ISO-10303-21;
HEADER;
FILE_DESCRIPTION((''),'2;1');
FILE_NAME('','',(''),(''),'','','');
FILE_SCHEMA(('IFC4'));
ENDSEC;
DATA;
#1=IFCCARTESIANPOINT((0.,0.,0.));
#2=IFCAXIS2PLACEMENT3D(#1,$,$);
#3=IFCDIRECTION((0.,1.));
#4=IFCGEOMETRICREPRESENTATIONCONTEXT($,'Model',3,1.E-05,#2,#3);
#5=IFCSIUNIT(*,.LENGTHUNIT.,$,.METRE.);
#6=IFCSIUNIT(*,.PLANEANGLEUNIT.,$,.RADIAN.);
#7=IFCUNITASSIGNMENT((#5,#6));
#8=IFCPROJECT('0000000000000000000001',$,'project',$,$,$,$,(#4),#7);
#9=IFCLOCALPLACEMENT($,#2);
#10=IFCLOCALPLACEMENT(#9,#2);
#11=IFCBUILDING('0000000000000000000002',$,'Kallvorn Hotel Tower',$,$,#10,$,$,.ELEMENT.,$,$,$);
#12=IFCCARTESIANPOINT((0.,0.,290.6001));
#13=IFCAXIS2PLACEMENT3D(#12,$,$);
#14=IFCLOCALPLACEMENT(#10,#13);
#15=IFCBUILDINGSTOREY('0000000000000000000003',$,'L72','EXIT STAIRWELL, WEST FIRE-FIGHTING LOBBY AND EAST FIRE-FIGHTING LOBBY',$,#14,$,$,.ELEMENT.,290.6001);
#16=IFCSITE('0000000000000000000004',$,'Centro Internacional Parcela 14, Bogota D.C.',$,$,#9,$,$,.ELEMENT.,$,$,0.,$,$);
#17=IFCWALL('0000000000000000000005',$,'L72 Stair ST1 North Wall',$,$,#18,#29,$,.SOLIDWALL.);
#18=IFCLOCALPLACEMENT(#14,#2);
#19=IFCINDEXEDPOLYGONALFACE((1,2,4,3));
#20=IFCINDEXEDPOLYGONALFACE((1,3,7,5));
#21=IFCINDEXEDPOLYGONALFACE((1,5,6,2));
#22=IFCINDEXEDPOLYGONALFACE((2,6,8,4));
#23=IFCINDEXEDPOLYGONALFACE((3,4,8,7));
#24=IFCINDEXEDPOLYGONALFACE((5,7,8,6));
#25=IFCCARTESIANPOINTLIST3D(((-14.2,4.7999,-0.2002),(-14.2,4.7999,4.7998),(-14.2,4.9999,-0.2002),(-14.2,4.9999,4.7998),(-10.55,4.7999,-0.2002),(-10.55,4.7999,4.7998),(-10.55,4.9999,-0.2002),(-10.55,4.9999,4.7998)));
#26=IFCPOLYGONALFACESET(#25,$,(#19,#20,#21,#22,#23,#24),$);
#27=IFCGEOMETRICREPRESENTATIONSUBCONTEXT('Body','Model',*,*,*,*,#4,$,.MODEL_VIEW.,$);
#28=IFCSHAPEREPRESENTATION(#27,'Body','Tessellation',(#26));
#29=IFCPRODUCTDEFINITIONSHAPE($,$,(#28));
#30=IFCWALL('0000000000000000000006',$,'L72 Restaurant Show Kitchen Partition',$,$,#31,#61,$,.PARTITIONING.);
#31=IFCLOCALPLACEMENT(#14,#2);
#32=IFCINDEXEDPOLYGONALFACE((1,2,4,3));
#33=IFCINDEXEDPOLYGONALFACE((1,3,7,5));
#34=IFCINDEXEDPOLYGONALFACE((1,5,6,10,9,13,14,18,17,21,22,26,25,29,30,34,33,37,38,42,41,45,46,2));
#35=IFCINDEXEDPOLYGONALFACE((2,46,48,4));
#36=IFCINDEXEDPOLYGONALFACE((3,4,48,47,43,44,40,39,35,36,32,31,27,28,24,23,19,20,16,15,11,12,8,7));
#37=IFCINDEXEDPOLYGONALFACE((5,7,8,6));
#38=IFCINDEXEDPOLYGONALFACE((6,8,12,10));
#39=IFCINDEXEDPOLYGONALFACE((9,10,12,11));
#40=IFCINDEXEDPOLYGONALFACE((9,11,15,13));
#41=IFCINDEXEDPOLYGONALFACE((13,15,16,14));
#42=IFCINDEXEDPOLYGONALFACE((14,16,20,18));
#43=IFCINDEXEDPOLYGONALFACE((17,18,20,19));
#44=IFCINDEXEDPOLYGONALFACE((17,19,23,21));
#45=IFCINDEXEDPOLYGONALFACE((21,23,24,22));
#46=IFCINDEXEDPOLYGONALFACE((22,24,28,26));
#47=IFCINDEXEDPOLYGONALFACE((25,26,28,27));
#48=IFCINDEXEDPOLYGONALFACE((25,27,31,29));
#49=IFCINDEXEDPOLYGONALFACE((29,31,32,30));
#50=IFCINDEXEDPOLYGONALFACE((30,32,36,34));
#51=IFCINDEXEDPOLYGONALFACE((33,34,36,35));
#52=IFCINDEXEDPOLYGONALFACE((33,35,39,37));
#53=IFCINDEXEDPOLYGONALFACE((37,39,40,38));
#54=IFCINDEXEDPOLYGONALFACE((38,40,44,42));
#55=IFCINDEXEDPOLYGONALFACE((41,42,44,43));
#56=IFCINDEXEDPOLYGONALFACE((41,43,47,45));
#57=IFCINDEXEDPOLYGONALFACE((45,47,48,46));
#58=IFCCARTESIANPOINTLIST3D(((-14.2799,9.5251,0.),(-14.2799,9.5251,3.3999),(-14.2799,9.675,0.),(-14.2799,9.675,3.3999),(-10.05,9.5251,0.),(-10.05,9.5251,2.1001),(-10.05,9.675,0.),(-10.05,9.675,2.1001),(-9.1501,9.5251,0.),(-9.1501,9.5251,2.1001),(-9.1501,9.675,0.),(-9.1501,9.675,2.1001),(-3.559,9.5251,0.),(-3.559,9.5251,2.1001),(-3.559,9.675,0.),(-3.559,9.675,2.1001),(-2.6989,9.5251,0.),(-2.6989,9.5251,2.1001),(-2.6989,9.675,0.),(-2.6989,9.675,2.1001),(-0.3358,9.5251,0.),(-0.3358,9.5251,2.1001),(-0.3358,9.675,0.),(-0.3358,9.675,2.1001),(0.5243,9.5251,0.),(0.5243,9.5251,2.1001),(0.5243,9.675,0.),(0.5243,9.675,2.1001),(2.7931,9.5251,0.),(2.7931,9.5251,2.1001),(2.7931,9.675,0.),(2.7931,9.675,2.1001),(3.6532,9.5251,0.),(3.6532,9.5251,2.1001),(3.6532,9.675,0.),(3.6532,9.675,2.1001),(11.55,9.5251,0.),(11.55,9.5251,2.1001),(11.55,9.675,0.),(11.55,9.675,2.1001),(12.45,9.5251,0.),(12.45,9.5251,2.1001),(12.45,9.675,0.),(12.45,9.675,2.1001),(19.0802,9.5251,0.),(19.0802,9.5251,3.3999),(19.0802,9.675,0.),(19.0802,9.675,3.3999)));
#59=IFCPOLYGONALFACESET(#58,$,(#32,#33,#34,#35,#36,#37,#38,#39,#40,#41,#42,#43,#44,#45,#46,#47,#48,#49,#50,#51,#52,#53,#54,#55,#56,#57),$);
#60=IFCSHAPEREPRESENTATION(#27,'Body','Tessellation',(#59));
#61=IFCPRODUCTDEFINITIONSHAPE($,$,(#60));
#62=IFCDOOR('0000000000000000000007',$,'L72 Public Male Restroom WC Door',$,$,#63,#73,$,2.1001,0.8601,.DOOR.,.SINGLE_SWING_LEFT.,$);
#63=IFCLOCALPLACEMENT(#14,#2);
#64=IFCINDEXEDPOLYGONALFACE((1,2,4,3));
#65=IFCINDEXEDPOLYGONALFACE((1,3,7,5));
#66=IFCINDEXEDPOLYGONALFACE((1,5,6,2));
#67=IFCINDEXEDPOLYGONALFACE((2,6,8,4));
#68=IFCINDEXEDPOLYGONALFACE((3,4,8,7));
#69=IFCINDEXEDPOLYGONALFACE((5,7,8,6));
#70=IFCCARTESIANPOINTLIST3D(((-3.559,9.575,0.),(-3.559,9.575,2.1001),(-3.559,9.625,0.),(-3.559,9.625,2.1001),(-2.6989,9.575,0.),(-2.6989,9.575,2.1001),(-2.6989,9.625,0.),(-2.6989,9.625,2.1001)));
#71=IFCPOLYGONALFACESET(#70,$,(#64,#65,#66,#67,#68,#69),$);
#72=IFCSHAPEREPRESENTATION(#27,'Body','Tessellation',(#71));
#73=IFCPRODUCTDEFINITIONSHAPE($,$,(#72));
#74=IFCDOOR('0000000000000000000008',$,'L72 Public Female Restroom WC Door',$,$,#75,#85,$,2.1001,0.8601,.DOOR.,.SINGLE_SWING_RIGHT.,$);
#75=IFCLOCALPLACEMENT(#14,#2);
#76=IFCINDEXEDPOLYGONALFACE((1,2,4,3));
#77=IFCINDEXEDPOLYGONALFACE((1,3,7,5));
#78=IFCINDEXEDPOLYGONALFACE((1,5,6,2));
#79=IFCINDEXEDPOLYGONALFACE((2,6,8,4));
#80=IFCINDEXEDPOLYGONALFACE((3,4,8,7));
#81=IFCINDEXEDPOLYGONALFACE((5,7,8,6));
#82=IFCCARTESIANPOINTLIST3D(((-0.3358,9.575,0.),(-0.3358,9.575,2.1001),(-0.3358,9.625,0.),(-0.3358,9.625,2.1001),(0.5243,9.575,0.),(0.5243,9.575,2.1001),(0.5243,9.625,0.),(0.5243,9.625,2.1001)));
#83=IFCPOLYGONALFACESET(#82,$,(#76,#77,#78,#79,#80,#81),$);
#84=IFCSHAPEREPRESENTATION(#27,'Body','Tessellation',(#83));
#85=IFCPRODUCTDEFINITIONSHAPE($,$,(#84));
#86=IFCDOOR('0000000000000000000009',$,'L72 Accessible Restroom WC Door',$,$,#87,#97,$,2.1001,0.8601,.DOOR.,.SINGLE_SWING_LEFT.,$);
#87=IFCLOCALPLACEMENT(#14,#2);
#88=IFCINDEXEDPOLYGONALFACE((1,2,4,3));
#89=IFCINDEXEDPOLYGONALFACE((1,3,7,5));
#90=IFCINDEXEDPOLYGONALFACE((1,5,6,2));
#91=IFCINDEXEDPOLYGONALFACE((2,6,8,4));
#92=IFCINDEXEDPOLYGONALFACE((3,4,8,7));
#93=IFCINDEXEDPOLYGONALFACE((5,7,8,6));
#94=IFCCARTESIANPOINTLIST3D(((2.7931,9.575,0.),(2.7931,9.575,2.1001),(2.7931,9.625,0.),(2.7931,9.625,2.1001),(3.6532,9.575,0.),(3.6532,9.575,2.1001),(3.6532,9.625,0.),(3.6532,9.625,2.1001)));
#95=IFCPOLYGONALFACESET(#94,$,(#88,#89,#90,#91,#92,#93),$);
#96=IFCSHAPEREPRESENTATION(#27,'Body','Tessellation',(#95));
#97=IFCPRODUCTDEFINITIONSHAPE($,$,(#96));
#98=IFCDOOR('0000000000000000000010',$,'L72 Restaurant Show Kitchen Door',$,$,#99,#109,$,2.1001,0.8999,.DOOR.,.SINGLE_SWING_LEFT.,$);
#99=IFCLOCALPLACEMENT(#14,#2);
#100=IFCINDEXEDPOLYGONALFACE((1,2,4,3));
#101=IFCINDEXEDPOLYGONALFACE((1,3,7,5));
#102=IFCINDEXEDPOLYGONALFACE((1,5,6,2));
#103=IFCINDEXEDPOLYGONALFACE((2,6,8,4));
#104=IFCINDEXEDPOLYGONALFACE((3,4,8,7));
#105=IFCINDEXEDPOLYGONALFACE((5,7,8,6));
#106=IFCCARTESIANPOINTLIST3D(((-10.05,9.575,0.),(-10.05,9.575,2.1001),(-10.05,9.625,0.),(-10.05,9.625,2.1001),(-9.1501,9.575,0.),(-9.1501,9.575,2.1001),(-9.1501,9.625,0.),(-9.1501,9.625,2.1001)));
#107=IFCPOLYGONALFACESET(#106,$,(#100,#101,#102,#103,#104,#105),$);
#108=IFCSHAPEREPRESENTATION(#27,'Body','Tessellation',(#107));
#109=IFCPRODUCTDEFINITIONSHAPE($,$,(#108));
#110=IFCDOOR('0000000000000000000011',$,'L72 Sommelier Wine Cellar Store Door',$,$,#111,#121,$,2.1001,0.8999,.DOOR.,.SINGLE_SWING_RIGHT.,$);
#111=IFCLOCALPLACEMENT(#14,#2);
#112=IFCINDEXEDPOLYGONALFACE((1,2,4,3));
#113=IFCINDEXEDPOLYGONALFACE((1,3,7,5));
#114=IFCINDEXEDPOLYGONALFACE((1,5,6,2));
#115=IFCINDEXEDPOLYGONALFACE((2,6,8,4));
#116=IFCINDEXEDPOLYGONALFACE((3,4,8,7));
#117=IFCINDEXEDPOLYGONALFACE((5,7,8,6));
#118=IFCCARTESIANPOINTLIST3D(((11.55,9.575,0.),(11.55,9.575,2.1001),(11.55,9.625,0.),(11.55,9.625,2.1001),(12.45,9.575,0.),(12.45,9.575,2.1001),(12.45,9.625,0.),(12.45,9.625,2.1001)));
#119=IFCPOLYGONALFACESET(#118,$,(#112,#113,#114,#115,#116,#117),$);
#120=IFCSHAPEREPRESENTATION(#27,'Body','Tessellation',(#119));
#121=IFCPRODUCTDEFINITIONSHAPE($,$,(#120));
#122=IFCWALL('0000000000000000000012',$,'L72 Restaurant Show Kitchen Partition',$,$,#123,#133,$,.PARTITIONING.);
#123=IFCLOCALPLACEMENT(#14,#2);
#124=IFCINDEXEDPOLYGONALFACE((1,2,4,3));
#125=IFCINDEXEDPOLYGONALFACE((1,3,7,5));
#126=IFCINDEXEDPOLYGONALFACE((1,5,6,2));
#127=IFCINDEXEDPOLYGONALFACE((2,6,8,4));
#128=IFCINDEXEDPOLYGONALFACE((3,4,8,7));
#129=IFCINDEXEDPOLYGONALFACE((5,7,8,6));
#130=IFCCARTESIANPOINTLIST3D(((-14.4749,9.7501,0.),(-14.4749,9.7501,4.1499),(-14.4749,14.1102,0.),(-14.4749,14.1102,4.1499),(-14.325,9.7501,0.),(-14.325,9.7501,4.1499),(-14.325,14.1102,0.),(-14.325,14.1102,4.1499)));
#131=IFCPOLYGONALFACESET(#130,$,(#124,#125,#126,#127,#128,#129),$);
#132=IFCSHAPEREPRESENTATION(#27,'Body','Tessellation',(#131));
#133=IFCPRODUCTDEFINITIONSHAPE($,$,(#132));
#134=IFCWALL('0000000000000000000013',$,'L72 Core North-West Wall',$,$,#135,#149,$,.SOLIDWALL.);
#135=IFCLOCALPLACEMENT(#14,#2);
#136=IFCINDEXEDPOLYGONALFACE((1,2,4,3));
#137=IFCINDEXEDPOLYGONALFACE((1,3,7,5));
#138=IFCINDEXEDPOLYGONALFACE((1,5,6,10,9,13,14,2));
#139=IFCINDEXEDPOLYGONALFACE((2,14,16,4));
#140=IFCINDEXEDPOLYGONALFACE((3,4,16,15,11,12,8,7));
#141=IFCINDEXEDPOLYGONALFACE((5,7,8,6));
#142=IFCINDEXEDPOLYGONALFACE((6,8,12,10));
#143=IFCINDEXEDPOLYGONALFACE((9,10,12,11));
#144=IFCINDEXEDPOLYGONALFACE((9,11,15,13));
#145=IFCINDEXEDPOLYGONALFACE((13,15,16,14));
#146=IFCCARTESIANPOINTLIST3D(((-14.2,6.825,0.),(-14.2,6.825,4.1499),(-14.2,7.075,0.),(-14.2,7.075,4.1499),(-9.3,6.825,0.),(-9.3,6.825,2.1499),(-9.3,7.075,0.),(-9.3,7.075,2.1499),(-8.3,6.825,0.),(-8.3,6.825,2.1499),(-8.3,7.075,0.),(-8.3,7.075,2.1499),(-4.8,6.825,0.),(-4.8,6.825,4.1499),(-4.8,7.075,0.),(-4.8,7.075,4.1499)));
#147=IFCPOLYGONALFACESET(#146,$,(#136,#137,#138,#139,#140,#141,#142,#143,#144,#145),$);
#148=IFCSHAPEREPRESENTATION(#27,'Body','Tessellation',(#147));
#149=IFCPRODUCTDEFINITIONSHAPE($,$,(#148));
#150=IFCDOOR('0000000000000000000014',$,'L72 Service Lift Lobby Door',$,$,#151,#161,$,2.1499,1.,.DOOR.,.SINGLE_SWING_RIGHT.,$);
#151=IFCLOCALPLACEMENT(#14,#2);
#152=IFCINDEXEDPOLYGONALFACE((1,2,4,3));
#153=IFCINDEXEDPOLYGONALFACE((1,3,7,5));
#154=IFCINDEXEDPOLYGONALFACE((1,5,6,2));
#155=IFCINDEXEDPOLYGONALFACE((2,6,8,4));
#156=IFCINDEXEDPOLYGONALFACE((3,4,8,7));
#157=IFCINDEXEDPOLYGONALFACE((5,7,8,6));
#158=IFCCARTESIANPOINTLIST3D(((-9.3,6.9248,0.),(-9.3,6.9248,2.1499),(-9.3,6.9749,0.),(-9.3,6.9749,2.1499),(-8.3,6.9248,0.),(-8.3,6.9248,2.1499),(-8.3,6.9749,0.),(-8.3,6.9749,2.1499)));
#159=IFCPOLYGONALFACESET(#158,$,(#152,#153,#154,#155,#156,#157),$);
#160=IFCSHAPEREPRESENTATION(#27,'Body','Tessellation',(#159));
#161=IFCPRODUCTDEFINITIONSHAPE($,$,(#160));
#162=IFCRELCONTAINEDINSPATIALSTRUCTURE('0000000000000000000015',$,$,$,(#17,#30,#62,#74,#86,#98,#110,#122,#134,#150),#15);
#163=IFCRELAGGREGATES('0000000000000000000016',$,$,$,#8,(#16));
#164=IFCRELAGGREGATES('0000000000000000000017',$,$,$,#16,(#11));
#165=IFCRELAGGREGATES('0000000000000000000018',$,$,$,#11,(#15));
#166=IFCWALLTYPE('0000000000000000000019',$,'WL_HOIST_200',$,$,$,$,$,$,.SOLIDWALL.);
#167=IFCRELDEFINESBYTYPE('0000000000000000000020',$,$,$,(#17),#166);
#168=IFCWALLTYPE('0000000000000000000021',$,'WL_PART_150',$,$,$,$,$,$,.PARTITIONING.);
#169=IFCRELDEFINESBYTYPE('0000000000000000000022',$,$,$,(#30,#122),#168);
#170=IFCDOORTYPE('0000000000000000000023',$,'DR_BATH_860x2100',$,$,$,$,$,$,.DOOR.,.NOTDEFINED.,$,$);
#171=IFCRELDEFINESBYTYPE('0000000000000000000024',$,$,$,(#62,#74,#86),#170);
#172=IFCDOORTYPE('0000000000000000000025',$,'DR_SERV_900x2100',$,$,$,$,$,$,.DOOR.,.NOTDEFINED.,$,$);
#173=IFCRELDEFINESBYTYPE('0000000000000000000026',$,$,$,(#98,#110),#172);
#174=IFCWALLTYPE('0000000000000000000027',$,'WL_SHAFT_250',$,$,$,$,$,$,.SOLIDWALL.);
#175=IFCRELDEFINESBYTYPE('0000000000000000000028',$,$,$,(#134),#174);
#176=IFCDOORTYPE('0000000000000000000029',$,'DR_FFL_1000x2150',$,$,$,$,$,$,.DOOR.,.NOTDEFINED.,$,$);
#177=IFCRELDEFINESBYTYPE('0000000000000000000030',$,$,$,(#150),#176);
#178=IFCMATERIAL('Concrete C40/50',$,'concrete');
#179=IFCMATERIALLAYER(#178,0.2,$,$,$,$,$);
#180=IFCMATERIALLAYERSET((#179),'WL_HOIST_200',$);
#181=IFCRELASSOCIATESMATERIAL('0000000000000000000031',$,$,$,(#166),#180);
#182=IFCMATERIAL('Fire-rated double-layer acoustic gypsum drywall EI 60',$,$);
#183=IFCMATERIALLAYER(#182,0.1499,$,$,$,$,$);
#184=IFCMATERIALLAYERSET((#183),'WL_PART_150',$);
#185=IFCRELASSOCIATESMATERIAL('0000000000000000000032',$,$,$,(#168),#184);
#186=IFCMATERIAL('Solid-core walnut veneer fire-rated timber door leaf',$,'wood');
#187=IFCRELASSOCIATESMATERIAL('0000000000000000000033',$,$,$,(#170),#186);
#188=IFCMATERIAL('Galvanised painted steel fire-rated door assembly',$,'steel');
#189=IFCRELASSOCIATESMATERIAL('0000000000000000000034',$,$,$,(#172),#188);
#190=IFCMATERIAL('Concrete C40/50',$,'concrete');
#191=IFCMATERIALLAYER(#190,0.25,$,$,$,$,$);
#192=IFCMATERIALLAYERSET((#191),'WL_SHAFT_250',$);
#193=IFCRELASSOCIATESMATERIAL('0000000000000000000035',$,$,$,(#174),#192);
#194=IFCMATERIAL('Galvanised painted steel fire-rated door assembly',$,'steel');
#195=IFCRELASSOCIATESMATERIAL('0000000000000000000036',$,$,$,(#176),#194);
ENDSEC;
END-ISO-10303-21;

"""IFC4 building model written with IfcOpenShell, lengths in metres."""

from ifc_helpers import new_model, si_unit, direction, frame, frame_2d, origin, place, context, subcontext, project, spatial, rectangle, extrude, material, layer, layer_set, type_object, element, fill, save


model = new_model("IFC4")

# Units and contexts
model_context = context("Model", 3, precision=1e-05, world=origin(), true_north=direction((0.0, 1.0)))
body_context = subcontext(model_context, "Body", "Model", "MODEL_VIEW")
ifc_project = project(units=[si_unit("LENGTHUNIT", "METRE"), si_unit("PLANEANGLEUNIT", "RADIAN")], contexts=[model_context])

# Site, building, storey
site_placement = place(None, origin())
site = spatial("IfcSite", under=ifc_project, at=site_placement, Name="Centro Internacional Parcela 14, Bogota D.C.", CompositionType="ELEMENT", RefElevation=0.0)
building_placement = place(site_placement, origin())
building = spatial("IfcBuilding", under=site, at=building_placement, Name="Kallvorn Hotel Tower", CompositionType="ELEMENT")
storey_placement = place(building_placement, frame((0.0, 0.0, 290.6001)))
storey = spatial("IfcBuildingStorey", under=building, at=storey_placement, Name="L72", Description="EXIT STAIRWELL, WEST FIRE-FIGHTING LOBBY AND EAST FIRE-FIGHTING LOBBY", CompositionType="ELEMENT", Elevation=290.6001)

# Wall
ifc_material_1 = material(Name="Concrete C40/50", Category="concrete")
ifc_layer_1 = layer(ifc_material_1, 0.2)
ifc_layer_set_1 = layer_set([ifc_layer_1], Name="WL_HOIST_200")
wall_type_1 = type_object("IfcWallType", Name="WL_HOIST_200", PredefinedType="SOLIDWALL", material=ifc_layer_set_1)
wall_1_placement = place(storey_placement, frame((-14.2, 4.8999, -0.2002), z_axis=(0.0, 0.0, 1.0), x_axis=(1.0, 0.0, 0.0)))
element("IfcWall", 1, at=wall_1_placement, inside=storey, type_object=wall_type_1, Name="L72 Stair ST1 North Wall", PredefinedType="SOLIDWALL", context=body_context, shape_type="SweptSolid", body=[
    extrude(rectangle(XDim=3.6499, YDim=0.2, at=frame_2d((1.825, 0.0))), origin(), (0.0, 0.0, 1.0), 5.0),
])

# Wall, openings, doors
ifc_material_2 = material(Name="Fire-rated double-layer acoustic gypsum drywall EI 60")
ifc_layer_2 = layer(ifc_material_2, 0.1499)
ifc_layer_set_2 = layer_set([ifc_layer_2], Name="WL_PART_150")
wall_type_2 = type_object("IfcWallType", Name="WL_PART_150", PredefinedType="PARTITIONING", material=ifc_layer_set_2)
wall_2_placement = place(storey_placement, frame((-14.28, 9.6001, 0.0), z_axis=(0.0, 0.0, 1.0), x_axis=(1.0, 0.0, 0.0)))
wall_2 = element("IfcWall", 2, at=wall_2_placement, inside=storey, type_object=wall_type_2, Name="L72 Restaurant Show Kitchen Partition", PredefinedType="PARTITIONING", context=body_context, shape_type="SweptSolid", body=[
    extrude(rectangle(XDim=33.3601, YDim=0.1499, at=frame_2d((16.6802, 0.0))), origin(), (0.0, 0.0, 1.0), 3.3999),
])
opening_1_placement = place(wall_2_placement, frame((4.23, 0.0, 0.0)))
opening_1 = element("IfcOpeningElement", 3, at=opening_1_placement, cuts=wall_2, PredefinedType="OPENING", context=body_context, shape_type="SweptSolid", body=[
    extrude(rectangle(XDim=0.8999, YDim=2.1001, at=frame_2d((0.45, 1.05))), frame((0.0, 0.0898, 0.0), z_axis=(0.0, -1.0, 0.0), x_axis=(1.0, 0.0, 0.0)), (0.0, 0.0, 1.0), 0.1799),
])
opening_2_placement = place(wall_2_placement, frame((10.7209, 0.0, 0.0)))
opening_2 = element("IfcOpeningElement", 4, at=opening_2_placement, cuts=wall_2, PredefinedType="OPENING", context=body_context, shape_type="SweptSolid", body=[
    extrude(rectangle(XDim=0.8601, YDim=2.1001, at=frame_2d((0.4302, 1.05))), frame((0.0, 0.0898, 0.0), z_axis=(0.0, -1.0, 0.0), x_axis=(1.0, 0.0, 0.0)), (0.0, 0.0, 1.0), 0.1799),
])
opening_3_placement = place(wall_2_placement, frame((13.9441, 0.0, 0.0)))
opening_3 = element("IfcOpeningElement", 5, at=opening_3_placement, cuts=wall_2, PredefinedType="OPENING", context=body_context, shape_type="SweptSolid", body=[
    extrude(rectangle(XDim=0.8601, YDim=2.1001, at=frame_2d((0.4302, 1.05))), frame((0.0, 0.0898, 0.0), z_axis=(0.0, -1.0, 0.0), x_axis=(1.0, 0.0, 0.0)), (0.0, 0.0, 1.0), 0.1799),
])
opening_4_placement = place(wall_2_placement, frame((17.073, 0.0, 0.0)))
opening_4 = element("IfcOpeningElement", 6, at=opening_4_placement, cuts=wall_2, PredefinedType="OPENING", context=body_context, shape_type="SweptSolid", body=[
    extrude(rectangle(XDim=0.8601, YDim=2.1001, at=frame_2d((0.4302, 1.05))), frame((0.0, 0.0898, 0.0), z_axis=(0.0, -1.0, 0.0), x_axis=(1.0, 0.0, 0.0)), (0.0, 0.0, 1.0), 0.1799),
])
opening_5_placement = place(wall_2_placement, frame((25.8301, 0.0, 0.0)))
opening_5 = element("IfcOpeningElement", 7, at=opening_5_placement, cuts=wall_2, PredefinedType="OPENING", context=body_context, shape_type="SweptSolid", body=[
    extrude(rectangle(XDim=0.8999, YDim=2.1001, at=frame_2d((0.45, 1.05))), frame((0.0, 0.0898, 0.0), z_axis=(0.0, -1.0, 0.0), x_axis=(1.0, 0.0, 0.0)), (0.0, 0.0, 1.0), 0.1799),
])
ifc_material_3 = material(Name="Solid-core walnut veneer fire-rated timber door leaf", Category="wood")
door_type_1 = type_object("IfcDoorType", Name="DR_BATH_860x2100", OperationType="NOTDEFINED", PredefinedType="DOOR", material=ifc_material_3)
door_1_placement = place(opening_2_placement, origin())
door_1 = element("IfcDoor", 8, at=door_1_placement, inside=storey, type_object=door_type_1, Name="L72 Public Male Restroom WC Door", OperationType="SINGLE_SWING_LEFT", OverallHeight=2.1001, OverallWidth=0.8601, PredefinedType="DOOR", context=body_context, shape_type="SweptSolid", body=[
    extrude(rectangle(XDim=0.8601, YDim=2.1001, at=frame_2d((0.4302, 1.05))), frame((0.0, 0.0249, 0.0), z_axis=(0.0, -1.0, 0.0), x_axis=(1.0, 0.0, 0.0)), (0.0, 0.0, 1.0), 0.05),
])
fill(opening_2, door_1)
door_2_placement = place(opening_3_placement, origin())
door_2 = element("IfcDoor", 9, at=door_2_placement, inside=storey, type_object=door_type_1, Name="L72 Public Female Restroom WC Door", OperationType="SINGLE_SWING_RIGHT", OverallHeight=2.1001, OverallWidth=0.8601, PredefinedType="DOOR", context=body_context, shape_type="SweptSolid", body=[
    extrude(rectangle(XDim=0.8601, YDim=2.1001, at=frame_2d((0.4302, 1.05))), frame((0.0, 0.0249, 0.0), z_axis=(0.0, -1.0, 0.0), x_axis=(1.0, 0.0, 0.0)), (0.0, 0.0, 1.0), 0.05),
])
fill(opening_3, door_2)
door_3_placement = place(opening_4_placement, origin())
door_3 = element("IfcDoor", 10, at=door_3_placement, inside=storey, type_object=door_type_1, Name="L72 Accessible Restroom WC Door", OperationType="SINGLE_SWING_LEFT", OverallHeight=2.1001, OverallWidth=0.8601, PredefinedType="DOOR", context=body_context, shape_type="SweptSolid", body=[
    extrude(rectangle(XDim=0.8601, YDim=2.1001, at=frame_2d((0.4302, 1.05))), frame((0.0, 0.0249, 0.0), z_axis=(0.0, -1.0, 0.0), x_axis=(1.0, 0.0, 0.0)), (0.0, 0.0, 1.0), 0.05),
])
fill(opening_4, door_3)
ifc_material_4 = material(Name="Galvanised painted steel fire-rated door assembly", Category="steel")
door_type_2 = type_object("IfcDoorType", Name="DR_SERV_900x2100", OperationType="NOTDEFINED", PredefinedType="DOOR", material=ifc_material_4)
door_4_placement = place(opening_1_placement, origin())
door_4 = element("IfcDoor", 11, at=door_4_placement, inside=storey, type_object=door_type_2, Name="L72 Restaurant Show Kitchen Door", OperationType="SINGLE_SWING_LEFT", OverallHeight=2.1001, OverallWidth=0.8999, PredefinedType="DOOR", context=body_context, shape_type="SweptSolid", body=[
    extrude(rectangle(XDim=0.8999, YDim=2.1001, at=frame_2d((0.45, 1.05))), frame((0.0, 0.0249, 0.0), z_axis=(0.0, -1.0, 0.0), x_axis=(1.0, 0.0, 0.0)), (0.0, 0.0, 1.0), 0.05),
])
fill(opening_1, door_4)
door_5_placement = place(opening_5_placement, origin())
door_5 = element("IfcDoor", 12, at=door_5_placement, inside=storey, type_object=door_type_2, Name="L72 Sommelier Wine Cellar Store Door", OperationType="SINGLE_SWING_RIGHT", OverallHeight=2.1001, OverallWidth=0.8999, PredefinedType="DOOR", context=body_context, shape_type="SweptSolid", body=[
    extrude(rectangle(XDim=0.8999, YDim=2.1001, at=frame_2d((0.45, 1.05))), frame((0.0, 0.0249, 0.0), z_axis=(0.0, -1.0, 0.0), x_axis=(1.0, 0.0, 0.0)), (0.0, 0.0, 1.0), 0.05),
])
fill(opening_5, door_5)

# Wall
wall_3_placement = place(storey_placement, frame((-14.3999, 9.75, 0.0), z_axis=(0.0, 0.0, 1.0), x_axis=(0.0, 1.0, 0.0)))
element("IfcWall", 13, at=wall_3_placement, inside=storey, type_object=wall_type_2, Name="L72 Restaurant Show Kitchen Partition", PredefinedType="PARTITIONING", context=body_context, shape_type="SweptSolid", body=[
    extrude(rectangle(XDim=4.3601, YDim=0.1499, at=frame_2d((2.1802, 0.0))), origin(), (0.0, 0.0, 1.0), 4.1499),
])

# Wall, opening, door
ifc_material_5 = material(Name="Concrete C40/50", Category="concrete")
ifc_layer_3 = layer(ifc_material_5, 0.25)
ifc_layer_set_3 = layer_set([ifc_layer_3], Name="WL_SHAFT_250")
wall_type_3 = type_object("IfcWallType", Name="WL_SHAFT_250", PredefinedType="SOLIDWALL", material=ifc_layer_set_3)
wall_4_placement = place(storey_placement, frame((-14.2, 6.95, 0.0), z_axis=(0.0, 0.0, 1.0), x_axis=(1.0, 0.0, 0.0)))
wall_4 = element("IfcWall", 14, at=wall_4_placement, inside=storey, type_object=wall_type_3, Name="L72 Core North-West Wall", PredefinedType="SOLIDWALL", context=body_context, shape_type="SweptSolid", body=[
    extrude(rectangle(XDim=9.3999, YDim=0.25, at=frame_2d((4.7, 0.0))), origin(), (0.0, 0.0, 1.0), 4.1499),
])
opening_6_placement = place(wall_4_placement, frame((4.8999, 0.0, 0.0)))
opening_6 = element("IfcOpeningElement", 15, at=opening_6_placement, cuts=wall_4, PredefinedType="OPENING", context=body_context, shape_type="SweptSolid", body=[
    extrude(rectangle(XDim=1.0, YDim=2.1499, at=frame_2d((0.5, 1.075))), frame((0.0, 0.1399, 0.0), z_axis=(0.0, -1.0, 0.0), x_axis=(1.0, 0.0, 0.0)), (0.0, 0.0, 1.0), 0.28),
])
ifc_material_6 = material(Name="Galvanised painted steel fire-rated door assembly", Category="steel")
door_type_3 = type_object("IfcDoorType", Name="DR_FFL_1000x2150", OperationType="NOTDEFINED", PredefinedType="DOOR", material=ifc_material_6)
door_6_placement = place(opening_6_placement, origin())
door_6 = element("IfcDoor", 16, at=door_6_placement, inside=storey, type_object=door_type_3, Name="L72 Service Lift Lobby Door", OperationType="SINGLE_SWING_RIGHT", OverallHeight=2.1499, OverallWidth=1.0, PredefinedType="DOOR", context=body_context, shape_type="SweptSolid", body=[
    extrude(rectangle(XDim=1.0, YDim=2.1499, at=frame_2d((0.5, 1.075))), frame((0.0, 0.0249, 0.0), z_axis=(0.0, -1.0, 0.0), x_axis=(1.0, 0.0, 0.0)), (0.0, 0.0, 1.0), 0.05),
])
fill(opening_6, door_6)

save(model, "model.ifc")
